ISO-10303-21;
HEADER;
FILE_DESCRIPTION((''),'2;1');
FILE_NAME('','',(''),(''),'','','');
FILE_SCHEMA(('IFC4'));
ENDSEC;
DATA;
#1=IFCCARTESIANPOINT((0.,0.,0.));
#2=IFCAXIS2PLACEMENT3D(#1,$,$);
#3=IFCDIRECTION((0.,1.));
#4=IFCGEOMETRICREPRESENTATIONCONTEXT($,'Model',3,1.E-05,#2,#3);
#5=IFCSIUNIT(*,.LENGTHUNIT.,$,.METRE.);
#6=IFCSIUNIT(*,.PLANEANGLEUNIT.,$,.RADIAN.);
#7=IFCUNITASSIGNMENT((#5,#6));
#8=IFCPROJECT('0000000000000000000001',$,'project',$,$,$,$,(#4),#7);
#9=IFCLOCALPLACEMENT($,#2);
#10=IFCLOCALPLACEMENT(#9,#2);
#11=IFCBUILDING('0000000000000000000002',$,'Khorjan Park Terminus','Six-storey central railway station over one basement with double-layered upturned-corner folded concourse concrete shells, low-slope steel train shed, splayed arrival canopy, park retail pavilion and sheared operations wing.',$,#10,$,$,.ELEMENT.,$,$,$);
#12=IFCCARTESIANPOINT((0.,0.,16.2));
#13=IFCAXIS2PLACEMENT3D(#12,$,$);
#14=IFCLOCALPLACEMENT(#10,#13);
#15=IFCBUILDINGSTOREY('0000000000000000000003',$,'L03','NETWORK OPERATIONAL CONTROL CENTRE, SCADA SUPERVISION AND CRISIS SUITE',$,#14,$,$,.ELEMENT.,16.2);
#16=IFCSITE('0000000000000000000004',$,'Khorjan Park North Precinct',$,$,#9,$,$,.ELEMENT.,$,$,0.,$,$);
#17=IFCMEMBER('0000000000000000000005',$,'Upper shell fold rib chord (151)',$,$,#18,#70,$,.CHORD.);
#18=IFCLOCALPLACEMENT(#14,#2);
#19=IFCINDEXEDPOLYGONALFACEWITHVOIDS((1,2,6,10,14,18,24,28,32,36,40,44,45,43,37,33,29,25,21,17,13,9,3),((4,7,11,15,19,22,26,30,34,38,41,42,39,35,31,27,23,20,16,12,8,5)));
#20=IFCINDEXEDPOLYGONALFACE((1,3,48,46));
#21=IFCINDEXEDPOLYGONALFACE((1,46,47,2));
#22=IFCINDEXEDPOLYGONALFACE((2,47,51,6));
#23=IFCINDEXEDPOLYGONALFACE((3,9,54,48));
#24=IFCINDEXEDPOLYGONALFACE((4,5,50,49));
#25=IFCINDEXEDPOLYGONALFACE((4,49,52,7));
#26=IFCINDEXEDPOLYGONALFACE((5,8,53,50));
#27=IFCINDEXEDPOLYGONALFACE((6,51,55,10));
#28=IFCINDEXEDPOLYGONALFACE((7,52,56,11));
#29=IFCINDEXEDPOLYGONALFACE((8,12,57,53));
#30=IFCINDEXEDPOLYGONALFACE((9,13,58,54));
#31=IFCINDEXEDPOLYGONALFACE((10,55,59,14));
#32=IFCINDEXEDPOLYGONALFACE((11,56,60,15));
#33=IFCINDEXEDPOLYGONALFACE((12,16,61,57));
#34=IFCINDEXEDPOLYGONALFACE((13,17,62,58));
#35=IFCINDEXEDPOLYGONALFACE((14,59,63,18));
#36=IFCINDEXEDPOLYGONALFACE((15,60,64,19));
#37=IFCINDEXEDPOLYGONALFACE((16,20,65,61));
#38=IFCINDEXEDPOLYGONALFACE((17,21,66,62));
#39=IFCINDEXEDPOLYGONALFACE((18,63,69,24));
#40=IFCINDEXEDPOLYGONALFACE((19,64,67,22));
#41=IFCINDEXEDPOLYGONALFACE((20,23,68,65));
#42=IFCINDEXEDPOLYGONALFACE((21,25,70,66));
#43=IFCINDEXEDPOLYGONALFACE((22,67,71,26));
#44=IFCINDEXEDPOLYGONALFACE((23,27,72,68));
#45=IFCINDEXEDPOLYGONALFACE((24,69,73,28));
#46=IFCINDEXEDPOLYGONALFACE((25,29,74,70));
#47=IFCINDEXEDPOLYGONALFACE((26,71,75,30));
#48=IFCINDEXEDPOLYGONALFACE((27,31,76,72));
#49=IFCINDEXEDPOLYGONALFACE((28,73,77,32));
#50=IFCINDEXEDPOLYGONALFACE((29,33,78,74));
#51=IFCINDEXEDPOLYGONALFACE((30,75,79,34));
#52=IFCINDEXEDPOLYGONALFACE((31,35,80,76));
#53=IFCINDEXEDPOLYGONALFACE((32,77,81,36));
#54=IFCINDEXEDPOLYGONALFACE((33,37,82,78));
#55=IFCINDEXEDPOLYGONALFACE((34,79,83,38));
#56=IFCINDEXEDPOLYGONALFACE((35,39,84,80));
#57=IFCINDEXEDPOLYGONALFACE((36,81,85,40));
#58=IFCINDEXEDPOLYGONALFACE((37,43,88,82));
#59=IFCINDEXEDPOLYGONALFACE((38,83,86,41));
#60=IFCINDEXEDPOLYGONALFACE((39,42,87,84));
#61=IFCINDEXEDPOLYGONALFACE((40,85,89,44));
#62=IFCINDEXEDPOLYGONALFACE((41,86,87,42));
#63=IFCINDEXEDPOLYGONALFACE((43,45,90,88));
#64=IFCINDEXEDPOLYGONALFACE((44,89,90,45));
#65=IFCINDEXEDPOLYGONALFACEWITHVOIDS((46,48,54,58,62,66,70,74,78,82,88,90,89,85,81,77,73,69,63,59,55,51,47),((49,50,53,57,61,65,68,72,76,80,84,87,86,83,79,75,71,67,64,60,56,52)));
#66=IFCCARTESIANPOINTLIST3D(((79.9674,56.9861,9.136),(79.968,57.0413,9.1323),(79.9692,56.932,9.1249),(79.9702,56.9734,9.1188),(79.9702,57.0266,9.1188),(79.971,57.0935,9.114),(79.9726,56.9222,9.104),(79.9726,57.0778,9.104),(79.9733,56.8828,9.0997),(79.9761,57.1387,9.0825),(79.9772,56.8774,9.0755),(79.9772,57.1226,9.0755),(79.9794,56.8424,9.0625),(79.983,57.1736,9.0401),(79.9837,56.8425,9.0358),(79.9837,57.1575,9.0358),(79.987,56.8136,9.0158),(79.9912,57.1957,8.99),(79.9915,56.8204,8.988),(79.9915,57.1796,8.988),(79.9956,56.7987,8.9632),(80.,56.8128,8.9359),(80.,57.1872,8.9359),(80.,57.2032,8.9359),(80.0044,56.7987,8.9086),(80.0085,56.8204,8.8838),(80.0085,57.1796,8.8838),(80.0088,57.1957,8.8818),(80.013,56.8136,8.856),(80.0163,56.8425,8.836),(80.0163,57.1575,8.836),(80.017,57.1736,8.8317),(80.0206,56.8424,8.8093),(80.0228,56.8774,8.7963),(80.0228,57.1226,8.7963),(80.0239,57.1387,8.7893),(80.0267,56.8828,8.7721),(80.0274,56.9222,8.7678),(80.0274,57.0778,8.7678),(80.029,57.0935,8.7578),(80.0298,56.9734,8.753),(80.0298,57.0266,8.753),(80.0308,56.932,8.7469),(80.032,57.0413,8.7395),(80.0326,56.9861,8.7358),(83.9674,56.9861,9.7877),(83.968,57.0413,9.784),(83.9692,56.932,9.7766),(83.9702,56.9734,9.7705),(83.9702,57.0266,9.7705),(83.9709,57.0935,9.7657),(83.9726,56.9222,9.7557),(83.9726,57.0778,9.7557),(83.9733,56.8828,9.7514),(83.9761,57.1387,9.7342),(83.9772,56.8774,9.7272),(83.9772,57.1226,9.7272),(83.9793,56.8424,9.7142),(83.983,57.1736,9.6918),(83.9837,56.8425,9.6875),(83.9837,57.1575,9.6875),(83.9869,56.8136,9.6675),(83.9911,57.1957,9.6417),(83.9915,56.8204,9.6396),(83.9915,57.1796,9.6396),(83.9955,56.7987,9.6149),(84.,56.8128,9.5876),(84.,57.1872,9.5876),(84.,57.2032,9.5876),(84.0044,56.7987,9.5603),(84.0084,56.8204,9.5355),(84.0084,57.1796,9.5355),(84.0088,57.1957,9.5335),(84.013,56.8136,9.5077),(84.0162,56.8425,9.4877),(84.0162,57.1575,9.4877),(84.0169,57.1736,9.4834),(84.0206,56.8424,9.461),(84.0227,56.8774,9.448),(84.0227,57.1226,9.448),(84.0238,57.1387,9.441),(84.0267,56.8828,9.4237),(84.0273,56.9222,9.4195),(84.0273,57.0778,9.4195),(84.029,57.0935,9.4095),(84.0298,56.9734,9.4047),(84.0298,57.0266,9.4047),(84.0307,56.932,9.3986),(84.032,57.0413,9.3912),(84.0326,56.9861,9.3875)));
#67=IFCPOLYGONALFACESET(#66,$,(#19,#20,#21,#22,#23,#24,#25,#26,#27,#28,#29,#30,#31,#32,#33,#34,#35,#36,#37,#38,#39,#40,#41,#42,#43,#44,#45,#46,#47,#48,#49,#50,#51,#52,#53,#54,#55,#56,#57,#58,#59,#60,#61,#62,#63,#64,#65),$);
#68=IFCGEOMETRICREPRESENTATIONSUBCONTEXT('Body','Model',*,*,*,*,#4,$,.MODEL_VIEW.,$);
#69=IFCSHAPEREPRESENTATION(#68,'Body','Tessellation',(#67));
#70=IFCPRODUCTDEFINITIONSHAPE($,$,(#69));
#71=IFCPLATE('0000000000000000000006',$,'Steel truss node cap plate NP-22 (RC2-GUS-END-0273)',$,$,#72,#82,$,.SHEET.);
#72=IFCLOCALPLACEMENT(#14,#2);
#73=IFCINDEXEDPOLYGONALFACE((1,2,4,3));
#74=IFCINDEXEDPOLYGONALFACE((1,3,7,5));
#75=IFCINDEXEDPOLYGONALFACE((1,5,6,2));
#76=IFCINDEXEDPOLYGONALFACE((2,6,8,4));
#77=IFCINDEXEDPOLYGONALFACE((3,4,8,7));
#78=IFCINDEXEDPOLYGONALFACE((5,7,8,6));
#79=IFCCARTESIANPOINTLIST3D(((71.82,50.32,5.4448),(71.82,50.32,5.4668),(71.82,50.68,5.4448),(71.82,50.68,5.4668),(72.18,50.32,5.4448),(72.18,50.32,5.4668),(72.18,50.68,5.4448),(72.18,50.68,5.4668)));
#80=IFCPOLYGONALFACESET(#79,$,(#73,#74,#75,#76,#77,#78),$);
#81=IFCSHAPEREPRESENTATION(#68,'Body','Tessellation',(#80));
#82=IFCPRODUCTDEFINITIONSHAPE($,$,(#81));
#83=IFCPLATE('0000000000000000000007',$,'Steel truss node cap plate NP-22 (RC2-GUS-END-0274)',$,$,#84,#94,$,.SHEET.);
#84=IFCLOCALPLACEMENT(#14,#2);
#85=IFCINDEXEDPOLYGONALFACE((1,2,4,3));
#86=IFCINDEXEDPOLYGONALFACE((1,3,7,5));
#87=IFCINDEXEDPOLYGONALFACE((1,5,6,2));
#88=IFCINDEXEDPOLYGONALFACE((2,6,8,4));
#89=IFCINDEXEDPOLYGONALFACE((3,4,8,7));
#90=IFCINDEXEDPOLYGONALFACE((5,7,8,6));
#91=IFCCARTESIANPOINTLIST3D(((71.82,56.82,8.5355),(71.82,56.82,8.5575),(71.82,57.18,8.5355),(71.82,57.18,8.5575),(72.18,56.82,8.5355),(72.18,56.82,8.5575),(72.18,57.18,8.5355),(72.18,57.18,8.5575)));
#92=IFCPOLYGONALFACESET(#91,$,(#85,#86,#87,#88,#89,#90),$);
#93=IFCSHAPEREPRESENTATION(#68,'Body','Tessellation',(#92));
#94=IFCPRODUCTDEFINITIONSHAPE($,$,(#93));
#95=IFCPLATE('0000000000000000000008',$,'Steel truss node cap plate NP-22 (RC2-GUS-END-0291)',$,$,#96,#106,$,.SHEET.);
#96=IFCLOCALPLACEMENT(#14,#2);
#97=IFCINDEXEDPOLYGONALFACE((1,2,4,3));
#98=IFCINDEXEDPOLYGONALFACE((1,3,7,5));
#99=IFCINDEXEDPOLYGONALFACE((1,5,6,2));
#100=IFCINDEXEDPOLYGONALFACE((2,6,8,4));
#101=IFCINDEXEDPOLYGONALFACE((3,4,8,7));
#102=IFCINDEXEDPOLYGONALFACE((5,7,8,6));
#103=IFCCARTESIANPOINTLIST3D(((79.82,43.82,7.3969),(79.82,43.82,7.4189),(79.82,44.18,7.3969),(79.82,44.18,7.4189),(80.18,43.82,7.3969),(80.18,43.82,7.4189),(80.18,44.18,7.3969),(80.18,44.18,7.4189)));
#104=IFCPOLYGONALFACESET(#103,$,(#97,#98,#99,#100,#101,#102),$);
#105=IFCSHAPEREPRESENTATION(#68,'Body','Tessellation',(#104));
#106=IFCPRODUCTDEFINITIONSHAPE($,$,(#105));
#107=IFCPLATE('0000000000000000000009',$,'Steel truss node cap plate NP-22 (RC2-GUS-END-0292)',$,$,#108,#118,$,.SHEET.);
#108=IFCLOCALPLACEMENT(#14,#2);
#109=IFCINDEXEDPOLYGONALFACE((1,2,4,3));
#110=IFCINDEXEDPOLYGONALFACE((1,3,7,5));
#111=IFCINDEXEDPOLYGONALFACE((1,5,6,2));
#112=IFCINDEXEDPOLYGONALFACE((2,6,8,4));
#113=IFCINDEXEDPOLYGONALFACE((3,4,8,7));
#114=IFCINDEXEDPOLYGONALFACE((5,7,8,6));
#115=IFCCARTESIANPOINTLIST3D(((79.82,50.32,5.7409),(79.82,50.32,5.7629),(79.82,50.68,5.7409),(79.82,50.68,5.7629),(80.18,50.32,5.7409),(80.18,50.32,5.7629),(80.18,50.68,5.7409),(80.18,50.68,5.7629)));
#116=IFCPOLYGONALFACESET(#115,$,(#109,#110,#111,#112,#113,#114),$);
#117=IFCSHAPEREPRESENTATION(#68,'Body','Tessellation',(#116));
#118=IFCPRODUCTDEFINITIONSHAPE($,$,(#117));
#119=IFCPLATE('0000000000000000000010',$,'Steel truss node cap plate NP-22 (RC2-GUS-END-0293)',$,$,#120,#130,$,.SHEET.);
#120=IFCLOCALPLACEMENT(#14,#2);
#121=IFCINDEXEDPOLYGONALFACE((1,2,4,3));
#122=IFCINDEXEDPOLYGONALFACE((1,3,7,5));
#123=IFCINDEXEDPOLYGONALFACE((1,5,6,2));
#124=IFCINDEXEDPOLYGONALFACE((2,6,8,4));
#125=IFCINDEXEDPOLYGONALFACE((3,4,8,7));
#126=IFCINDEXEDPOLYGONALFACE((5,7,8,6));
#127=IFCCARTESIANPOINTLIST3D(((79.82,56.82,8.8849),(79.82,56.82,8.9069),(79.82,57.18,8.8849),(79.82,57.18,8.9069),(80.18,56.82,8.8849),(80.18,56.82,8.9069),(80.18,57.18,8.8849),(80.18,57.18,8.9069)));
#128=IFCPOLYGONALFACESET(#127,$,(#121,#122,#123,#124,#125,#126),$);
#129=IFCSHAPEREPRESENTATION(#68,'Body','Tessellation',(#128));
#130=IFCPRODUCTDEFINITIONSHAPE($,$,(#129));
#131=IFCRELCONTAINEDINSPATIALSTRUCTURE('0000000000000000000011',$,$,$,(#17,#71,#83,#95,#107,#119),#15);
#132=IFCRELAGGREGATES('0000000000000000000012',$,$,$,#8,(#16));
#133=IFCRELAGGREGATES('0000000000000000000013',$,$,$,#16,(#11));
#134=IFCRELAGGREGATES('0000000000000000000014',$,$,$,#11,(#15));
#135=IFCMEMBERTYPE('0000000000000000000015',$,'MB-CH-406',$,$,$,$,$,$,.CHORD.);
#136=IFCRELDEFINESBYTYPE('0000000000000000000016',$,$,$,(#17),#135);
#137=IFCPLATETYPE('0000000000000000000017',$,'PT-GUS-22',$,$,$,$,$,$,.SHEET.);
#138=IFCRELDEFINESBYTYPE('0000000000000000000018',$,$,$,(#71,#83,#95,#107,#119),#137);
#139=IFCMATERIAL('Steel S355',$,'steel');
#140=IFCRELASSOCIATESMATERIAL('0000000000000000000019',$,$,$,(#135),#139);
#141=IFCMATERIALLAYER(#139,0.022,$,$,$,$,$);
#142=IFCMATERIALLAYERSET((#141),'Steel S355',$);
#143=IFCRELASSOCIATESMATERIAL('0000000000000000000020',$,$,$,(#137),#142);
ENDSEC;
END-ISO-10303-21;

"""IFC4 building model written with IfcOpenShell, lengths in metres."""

from ifc_helpers import new_model, si_unit, direction, frame, origin, origin_2d, place, context, subcontext, project, spatial, rectangle, hollow_circle, extrude, material, layer, layer_set, material_profile, profile_set, type_object, element, save


model = new_model("IFC4")

# Units and contexts
model_context = context("Model", 3, precision=1e-05, world=origin(), true_north=direction((0.0, 1.0)))
body_context = subcontext(model_context, "Body", "Model", "MODEL_VIEW")
ifc_project = project(units=[si_unit("LENGTHUNIT", "METRE"), si_unit("PLANEANGLEUNIT", "RADIAN")], contexts=[model_context])

# Site, building, storey
site_placement = place(None, origin())
site = spatial("IfcSite", under=ifc_project, at=site_placement, Name="Khorjan Park North Precinct", CompositionType="ELEMENT", RefElevation=0.0)
building_placement = place(site_placement, origin())
building = spatial("IfcBuilding", under=site, at=building_placement, Name="Khorjan Park Terminus", Description="Six-storey central railway station over one basement with double-layered upturned-corner folded concourse concrete shells, low-slope steel train shed, splayed arrival canopy, park retail pavilion and sheared operations wing.", CompositionType="ELEMENT")
storey_placement = place(building_placement, frame((0.0, 0.0, 16.2)))
storey = spatial("IfcBuildingStorey", under=building, at=storey_placement, Name="L03", Description="NETWORK OPERATIONAL CONTROL CENTRE, SCADA SUPERVISION AND CRISIS SUITE", CompositionType="ELEMENT", Elevation=16.2)

# Member
ifc_material = material(Name="Steel S355", Category="steel")
ifc_material_profile_1 = material_profile(ifc_material, hollow_circle(Radius=0.2032, WallThickness=0.016, at=origin_2d()), Name="CHS 406.4x16")
ifc_profile_set_1 = profile_set([ifc_material_profile_1], Name="Steel S355")
member_type_1 = type_object("IfcMemberType", Name="MB-CH-406", PredefinedType="CHORD", material=ifc_profile_set_1)
member_1_placement = place(storey_placement, frame((80.0, 57.0, 8.9359), z_axis=(0.986986, 0.0, 0.160805), x_axis=(0.0, 1.0, 0.0)))
element("IfcMember", 1, at=member_1_placement, inside=storey, type_object=member_type_1, Name="Upper shell fold rib chord (151)", PredefinedType="CHORD", context=body_context, shape_type="SweptSolid", body=[
    extrude(hollow_circle(Radius=0.2032, WallThickness=0.016, at=origin_2d()), origin(), (0.0, 0.0, 1.0), 4.0527),
])

# Plates
ifc_layer = layer(ifc_material, 0.022)
ifc_layer_set = layer_set([ifc_layer], Name="Steel S355")
plate_type = type_object("IfcPlateType", Name="PT-GUS-22", PredefinedType="SHEET", material=ifc_layer_set)
for number, where, z_axis, x_axis, name in (
    (2, (72.0, 50.5, 5.4448), (0.0, 0.0, 1.0), (1.0, 0.0, 0.0), "Steel truss node cap plate NP-22 (RC2-GUS-END-0273)"),
    (3, (72.0, 57.0, 8.5355), (0.0, 0.0, 1.0), (1.0, 0.0, 0.0), "Steel truss node cap plate NP-22 (RC2-GUS-END-0274)"),
    (4, (80.0, 44.0, 7.3969), (0.0, 0.0, 1.0), (1.0, 0.0, 0.0), "Steel truss node cap plate NP-22 (RC2-GUS-END-0291)"),
    (5, (80.0, 50.5, 5.7409), (0.0, 0.0, 1.0), (1.0, 0.0, 0.0), "Steel truss node cap plate NP-22 (RC2-GUS-END-0292)"),
    (6, (80.0, 57.0, 8.8849), (0.0, 0.0, 1.0), (1.0, 0.0, 0.0), "Steel truss node cap plate NP-22 (RC2-GUS-END-0293)"),
):
    element("IfcPlate", number, at=place(storey_placement, frame(where, z_axis=z_axis, x_axis=x_axis)), inside=storey, type_object=plate_type, Name=name, PredefinedType="SHEET", context=body_context, shape_type="SweptSolid", body=[
        extrude(rectangle(XDim=0.36, YDim=0.36, at=origin_2d()), origin(), (0.0, 0.0, 1.0), 0.022),
    ])

save(model, "model.ifc")
